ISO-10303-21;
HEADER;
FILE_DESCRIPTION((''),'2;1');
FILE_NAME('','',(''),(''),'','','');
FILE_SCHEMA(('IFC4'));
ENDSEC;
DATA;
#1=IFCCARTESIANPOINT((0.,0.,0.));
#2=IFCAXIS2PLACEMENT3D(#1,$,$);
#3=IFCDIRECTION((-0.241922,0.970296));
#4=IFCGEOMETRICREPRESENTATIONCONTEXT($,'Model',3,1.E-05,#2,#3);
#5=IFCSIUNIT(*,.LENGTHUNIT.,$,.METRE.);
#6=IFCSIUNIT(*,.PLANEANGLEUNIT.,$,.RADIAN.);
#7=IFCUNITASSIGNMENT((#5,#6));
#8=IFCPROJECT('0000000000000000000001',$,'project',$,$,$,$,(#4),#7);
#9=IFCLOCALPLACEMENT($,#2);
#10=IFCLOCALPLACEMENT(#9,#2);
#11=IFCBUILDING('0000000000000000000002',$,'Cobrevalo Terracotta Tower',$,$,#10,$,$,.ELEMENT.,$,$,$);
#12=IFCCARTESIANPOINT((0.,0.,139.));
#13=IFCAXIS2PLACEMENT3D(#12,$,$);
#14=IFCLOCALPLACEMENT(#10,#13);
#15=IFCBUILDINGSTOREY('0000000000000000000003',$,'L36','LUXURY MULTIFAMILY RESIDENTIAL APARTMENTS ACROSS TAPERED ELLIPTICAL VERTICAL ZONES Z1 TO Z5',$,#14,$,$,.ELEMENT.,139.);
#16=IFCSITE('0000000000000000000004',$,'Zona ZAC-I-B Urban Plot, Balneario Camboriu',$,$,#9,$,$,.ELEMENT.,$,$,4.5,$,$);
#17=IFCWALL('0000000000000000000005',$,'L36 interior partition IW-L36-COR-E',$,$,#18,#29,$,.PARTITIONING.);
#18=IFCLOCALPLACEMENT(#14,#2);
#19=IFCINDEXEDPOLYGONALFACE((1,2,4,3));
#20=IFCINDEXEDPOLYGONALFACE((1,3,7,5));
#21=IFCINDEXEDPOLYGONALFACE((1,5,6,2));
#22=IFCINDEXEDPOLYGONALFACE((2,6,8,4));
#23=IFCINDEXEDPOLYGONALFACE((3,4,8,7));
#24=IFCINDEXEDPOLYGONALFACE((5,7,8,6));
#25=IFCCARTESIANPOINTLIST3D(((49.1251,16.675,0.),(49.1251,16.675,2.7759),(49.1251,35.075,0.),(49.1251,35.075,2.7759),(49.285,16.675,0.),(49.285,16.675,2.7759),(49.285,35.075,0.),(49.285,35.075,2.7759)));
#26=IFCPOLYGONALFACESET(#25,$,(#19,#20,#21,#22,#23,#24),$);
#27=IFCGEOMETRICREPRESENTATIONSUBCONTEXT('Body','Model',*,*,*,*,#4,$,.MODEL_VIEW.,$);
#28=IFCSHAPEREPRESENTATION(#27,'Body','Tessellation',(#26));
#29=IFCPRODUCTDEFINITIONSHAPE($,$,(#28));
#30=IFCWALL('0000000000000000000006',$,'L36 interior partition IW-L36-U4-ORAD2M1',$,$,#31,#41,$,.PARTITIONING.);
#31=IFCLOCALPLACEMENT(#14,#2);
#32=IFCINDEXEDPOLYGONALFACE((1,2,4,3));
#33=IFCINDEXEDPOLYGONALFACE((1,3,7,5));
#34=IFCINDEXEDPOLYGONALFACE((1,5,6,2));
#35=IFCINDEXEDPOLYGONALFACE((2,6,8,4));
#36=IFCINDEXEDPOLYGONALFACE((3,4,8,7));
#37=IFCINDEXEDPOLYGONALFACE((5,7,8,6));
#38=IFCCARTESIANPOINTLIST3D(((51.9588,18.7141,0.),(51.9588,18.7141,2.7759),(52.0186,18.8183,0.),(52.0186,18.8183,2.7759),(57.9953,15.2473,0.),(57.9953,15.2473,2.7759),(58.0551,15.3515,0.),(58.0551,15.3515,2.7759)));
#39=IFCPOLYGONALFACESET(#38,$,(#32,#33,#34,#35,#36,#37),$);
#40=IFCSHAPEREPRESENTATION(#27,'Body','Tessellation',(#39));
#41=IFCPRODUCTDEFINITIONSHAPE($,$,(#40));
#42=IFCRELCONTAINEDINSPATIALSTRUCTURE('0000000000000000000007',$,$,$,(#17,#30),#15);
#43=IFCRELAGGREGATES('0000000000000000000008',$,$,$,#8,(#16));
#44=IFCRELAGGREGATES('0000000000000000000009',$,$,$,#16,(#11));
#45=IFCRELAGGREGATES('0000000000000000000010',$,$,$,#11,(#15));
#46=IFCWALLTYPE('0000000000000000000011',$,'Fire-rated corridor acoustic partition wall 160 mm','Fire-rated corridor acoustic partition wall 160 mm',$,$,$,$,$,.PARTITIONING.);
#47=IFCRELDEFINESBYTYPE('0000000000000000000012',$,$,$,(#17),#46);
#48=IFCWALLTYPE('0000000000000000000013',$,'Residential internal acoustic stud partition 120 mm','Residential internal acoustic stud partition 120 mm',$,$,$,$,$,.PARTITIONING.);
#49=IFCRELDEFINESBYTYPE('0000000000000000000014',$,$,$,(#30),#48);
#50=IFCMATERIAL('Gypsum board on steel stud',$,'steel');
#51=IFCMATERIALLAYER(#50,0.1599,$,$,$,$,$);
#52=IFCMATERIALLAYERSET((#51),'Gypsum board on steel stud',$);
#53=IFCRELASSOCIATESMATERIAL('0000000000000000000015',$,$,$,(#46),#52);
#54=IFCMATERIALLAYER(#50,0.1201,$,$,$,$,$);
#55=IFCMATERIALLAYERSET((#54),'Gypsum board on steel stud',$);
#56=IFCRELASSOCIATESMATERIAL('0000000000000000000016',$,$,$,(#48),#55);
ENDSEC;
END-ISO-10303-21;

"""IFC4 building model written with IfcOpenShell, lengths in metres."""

from ifc_helpers import new_model, si_unit, direction, frame, frame_2d, origin, place, context, subcontext, project, spatial, rectangle, extrude, material, layer, layer_set, type_object, element, save


model = new_model("IFC4")

# Units and contexts
model_context = context("Model", 3, precision=1e-05, world=origin(), true_north=direction((-0.241922, 0.970296)))
body_context = subcontext(model_context, "Body", "Model", "MODEL_VIEW")
ifc_project = project(units=[si_unit("LENGTHUNIT", "METRE"), si_unit("PLANEANGLEUNIT", "RADIAN")], contexts=[model_context])

# Site, building, storey
site_placement = place(None, origin())
site = spatial("IfcSite", under=ifc_project, at=site_placement, Name="Zona ZAC-I-B Urban Plot, Balneario Camboriu", CompositionType="ELEMENT", RefElevation=4.5)
building_placement = place(site_placement, origin())
building = spatial("IfcBuilding", under=site, at=building_placement, Name="Cobrevalo Terracotta Tower", CompositionType="ELEMENT")
storey_placement = place(building_placement, frame((0.0, 0.0, 139.0)))
storey = spatial("IfcBuildingStorey", under=building, at=storey_placement, Name="L36", Description="LUXURY MULTIFAMILY RESIDENTIAL APARTMENTS ACROSS TAPERED ELLIPTICAL VERTICAL ZONES Z1 TO Z5", CompositionType="ELEMENT", Elevation=139.0)

# Walls
ifc_material_1 = material(Name="Gypsum board on steel stud", Category="steel")
ifc_layer_1 = layer(ifc_material_1, 0.1599)
ifc_layer_set_1 = layer_set([ifc_layer_1], Name="Gypsum board on steel stud")
wall_type_1 = type_object("IfcWallType", Name="Fire-rated corridor acoustic partition wall 160 mm", Description="Fire-rated corridor acoustic partition wall 160 mm", PredefinedType="PARTITIONING", material=ifc_layer_set_1)
wall_1_placement = place(storey_placement, frame((49.2051, 16.675, 0.0), z_axis=(0.0, 0.0, 1.0), x_axis=(0.0, 1.0, 0.0)))
element("IfcWall", 1, at=wall_1_placement, inside=storey, type_object=wall_type_1, Name="L36 interior partition IW-L36-COR-E", PredefinedType="PARTITIONING", context=body_context, shape_type="SweptSolid", body=[
    extrude(rectangle(XDim=18.3999, YDim=0.1599, at=frame_2d((9.2, 0.0))), origin(), (0.0, 0.0, 1.0), 2.7759),
])
ifc_layer_2 = layer(ifc_material_1, 0.1201)
ifc_layer_set_2 = layer_set([ifc_layer_2], Name="Gypsum board on steel stud")
wall_type_2 = type_object("IfcWallType", Name="Residential internal acoustic stud partition 120 mm", Description="Residential internal acoustic stud partition 120 mm", PredefinedType="PARTITIONING", material=ifc_layer_set_2)
wall_2_placement = place(storey_placement, frame((51.9888, 18.7661, 0.0), z_axis=(0.0, 0.0, 1.0), x_axis=(0.867171, -0.498011, 0.0)))
element("IfcWall", 2, at=wall_2_placement, inside=storey, type_object=wall_type_2, Name="L36 interior partition IW-L36-U4-ORAD2M1", PredefinedType="PARTITIONING", context=body_context, shape_type="SweptSolid", body=[
    extrude(rectangle(XDim=6.9612, YDim=0.1201, at=frame_2d((3.4805, 0.0))), origin(), (0.0, 0.0, 1.0), 2.7759),
])

save(model, "model.ifc")
